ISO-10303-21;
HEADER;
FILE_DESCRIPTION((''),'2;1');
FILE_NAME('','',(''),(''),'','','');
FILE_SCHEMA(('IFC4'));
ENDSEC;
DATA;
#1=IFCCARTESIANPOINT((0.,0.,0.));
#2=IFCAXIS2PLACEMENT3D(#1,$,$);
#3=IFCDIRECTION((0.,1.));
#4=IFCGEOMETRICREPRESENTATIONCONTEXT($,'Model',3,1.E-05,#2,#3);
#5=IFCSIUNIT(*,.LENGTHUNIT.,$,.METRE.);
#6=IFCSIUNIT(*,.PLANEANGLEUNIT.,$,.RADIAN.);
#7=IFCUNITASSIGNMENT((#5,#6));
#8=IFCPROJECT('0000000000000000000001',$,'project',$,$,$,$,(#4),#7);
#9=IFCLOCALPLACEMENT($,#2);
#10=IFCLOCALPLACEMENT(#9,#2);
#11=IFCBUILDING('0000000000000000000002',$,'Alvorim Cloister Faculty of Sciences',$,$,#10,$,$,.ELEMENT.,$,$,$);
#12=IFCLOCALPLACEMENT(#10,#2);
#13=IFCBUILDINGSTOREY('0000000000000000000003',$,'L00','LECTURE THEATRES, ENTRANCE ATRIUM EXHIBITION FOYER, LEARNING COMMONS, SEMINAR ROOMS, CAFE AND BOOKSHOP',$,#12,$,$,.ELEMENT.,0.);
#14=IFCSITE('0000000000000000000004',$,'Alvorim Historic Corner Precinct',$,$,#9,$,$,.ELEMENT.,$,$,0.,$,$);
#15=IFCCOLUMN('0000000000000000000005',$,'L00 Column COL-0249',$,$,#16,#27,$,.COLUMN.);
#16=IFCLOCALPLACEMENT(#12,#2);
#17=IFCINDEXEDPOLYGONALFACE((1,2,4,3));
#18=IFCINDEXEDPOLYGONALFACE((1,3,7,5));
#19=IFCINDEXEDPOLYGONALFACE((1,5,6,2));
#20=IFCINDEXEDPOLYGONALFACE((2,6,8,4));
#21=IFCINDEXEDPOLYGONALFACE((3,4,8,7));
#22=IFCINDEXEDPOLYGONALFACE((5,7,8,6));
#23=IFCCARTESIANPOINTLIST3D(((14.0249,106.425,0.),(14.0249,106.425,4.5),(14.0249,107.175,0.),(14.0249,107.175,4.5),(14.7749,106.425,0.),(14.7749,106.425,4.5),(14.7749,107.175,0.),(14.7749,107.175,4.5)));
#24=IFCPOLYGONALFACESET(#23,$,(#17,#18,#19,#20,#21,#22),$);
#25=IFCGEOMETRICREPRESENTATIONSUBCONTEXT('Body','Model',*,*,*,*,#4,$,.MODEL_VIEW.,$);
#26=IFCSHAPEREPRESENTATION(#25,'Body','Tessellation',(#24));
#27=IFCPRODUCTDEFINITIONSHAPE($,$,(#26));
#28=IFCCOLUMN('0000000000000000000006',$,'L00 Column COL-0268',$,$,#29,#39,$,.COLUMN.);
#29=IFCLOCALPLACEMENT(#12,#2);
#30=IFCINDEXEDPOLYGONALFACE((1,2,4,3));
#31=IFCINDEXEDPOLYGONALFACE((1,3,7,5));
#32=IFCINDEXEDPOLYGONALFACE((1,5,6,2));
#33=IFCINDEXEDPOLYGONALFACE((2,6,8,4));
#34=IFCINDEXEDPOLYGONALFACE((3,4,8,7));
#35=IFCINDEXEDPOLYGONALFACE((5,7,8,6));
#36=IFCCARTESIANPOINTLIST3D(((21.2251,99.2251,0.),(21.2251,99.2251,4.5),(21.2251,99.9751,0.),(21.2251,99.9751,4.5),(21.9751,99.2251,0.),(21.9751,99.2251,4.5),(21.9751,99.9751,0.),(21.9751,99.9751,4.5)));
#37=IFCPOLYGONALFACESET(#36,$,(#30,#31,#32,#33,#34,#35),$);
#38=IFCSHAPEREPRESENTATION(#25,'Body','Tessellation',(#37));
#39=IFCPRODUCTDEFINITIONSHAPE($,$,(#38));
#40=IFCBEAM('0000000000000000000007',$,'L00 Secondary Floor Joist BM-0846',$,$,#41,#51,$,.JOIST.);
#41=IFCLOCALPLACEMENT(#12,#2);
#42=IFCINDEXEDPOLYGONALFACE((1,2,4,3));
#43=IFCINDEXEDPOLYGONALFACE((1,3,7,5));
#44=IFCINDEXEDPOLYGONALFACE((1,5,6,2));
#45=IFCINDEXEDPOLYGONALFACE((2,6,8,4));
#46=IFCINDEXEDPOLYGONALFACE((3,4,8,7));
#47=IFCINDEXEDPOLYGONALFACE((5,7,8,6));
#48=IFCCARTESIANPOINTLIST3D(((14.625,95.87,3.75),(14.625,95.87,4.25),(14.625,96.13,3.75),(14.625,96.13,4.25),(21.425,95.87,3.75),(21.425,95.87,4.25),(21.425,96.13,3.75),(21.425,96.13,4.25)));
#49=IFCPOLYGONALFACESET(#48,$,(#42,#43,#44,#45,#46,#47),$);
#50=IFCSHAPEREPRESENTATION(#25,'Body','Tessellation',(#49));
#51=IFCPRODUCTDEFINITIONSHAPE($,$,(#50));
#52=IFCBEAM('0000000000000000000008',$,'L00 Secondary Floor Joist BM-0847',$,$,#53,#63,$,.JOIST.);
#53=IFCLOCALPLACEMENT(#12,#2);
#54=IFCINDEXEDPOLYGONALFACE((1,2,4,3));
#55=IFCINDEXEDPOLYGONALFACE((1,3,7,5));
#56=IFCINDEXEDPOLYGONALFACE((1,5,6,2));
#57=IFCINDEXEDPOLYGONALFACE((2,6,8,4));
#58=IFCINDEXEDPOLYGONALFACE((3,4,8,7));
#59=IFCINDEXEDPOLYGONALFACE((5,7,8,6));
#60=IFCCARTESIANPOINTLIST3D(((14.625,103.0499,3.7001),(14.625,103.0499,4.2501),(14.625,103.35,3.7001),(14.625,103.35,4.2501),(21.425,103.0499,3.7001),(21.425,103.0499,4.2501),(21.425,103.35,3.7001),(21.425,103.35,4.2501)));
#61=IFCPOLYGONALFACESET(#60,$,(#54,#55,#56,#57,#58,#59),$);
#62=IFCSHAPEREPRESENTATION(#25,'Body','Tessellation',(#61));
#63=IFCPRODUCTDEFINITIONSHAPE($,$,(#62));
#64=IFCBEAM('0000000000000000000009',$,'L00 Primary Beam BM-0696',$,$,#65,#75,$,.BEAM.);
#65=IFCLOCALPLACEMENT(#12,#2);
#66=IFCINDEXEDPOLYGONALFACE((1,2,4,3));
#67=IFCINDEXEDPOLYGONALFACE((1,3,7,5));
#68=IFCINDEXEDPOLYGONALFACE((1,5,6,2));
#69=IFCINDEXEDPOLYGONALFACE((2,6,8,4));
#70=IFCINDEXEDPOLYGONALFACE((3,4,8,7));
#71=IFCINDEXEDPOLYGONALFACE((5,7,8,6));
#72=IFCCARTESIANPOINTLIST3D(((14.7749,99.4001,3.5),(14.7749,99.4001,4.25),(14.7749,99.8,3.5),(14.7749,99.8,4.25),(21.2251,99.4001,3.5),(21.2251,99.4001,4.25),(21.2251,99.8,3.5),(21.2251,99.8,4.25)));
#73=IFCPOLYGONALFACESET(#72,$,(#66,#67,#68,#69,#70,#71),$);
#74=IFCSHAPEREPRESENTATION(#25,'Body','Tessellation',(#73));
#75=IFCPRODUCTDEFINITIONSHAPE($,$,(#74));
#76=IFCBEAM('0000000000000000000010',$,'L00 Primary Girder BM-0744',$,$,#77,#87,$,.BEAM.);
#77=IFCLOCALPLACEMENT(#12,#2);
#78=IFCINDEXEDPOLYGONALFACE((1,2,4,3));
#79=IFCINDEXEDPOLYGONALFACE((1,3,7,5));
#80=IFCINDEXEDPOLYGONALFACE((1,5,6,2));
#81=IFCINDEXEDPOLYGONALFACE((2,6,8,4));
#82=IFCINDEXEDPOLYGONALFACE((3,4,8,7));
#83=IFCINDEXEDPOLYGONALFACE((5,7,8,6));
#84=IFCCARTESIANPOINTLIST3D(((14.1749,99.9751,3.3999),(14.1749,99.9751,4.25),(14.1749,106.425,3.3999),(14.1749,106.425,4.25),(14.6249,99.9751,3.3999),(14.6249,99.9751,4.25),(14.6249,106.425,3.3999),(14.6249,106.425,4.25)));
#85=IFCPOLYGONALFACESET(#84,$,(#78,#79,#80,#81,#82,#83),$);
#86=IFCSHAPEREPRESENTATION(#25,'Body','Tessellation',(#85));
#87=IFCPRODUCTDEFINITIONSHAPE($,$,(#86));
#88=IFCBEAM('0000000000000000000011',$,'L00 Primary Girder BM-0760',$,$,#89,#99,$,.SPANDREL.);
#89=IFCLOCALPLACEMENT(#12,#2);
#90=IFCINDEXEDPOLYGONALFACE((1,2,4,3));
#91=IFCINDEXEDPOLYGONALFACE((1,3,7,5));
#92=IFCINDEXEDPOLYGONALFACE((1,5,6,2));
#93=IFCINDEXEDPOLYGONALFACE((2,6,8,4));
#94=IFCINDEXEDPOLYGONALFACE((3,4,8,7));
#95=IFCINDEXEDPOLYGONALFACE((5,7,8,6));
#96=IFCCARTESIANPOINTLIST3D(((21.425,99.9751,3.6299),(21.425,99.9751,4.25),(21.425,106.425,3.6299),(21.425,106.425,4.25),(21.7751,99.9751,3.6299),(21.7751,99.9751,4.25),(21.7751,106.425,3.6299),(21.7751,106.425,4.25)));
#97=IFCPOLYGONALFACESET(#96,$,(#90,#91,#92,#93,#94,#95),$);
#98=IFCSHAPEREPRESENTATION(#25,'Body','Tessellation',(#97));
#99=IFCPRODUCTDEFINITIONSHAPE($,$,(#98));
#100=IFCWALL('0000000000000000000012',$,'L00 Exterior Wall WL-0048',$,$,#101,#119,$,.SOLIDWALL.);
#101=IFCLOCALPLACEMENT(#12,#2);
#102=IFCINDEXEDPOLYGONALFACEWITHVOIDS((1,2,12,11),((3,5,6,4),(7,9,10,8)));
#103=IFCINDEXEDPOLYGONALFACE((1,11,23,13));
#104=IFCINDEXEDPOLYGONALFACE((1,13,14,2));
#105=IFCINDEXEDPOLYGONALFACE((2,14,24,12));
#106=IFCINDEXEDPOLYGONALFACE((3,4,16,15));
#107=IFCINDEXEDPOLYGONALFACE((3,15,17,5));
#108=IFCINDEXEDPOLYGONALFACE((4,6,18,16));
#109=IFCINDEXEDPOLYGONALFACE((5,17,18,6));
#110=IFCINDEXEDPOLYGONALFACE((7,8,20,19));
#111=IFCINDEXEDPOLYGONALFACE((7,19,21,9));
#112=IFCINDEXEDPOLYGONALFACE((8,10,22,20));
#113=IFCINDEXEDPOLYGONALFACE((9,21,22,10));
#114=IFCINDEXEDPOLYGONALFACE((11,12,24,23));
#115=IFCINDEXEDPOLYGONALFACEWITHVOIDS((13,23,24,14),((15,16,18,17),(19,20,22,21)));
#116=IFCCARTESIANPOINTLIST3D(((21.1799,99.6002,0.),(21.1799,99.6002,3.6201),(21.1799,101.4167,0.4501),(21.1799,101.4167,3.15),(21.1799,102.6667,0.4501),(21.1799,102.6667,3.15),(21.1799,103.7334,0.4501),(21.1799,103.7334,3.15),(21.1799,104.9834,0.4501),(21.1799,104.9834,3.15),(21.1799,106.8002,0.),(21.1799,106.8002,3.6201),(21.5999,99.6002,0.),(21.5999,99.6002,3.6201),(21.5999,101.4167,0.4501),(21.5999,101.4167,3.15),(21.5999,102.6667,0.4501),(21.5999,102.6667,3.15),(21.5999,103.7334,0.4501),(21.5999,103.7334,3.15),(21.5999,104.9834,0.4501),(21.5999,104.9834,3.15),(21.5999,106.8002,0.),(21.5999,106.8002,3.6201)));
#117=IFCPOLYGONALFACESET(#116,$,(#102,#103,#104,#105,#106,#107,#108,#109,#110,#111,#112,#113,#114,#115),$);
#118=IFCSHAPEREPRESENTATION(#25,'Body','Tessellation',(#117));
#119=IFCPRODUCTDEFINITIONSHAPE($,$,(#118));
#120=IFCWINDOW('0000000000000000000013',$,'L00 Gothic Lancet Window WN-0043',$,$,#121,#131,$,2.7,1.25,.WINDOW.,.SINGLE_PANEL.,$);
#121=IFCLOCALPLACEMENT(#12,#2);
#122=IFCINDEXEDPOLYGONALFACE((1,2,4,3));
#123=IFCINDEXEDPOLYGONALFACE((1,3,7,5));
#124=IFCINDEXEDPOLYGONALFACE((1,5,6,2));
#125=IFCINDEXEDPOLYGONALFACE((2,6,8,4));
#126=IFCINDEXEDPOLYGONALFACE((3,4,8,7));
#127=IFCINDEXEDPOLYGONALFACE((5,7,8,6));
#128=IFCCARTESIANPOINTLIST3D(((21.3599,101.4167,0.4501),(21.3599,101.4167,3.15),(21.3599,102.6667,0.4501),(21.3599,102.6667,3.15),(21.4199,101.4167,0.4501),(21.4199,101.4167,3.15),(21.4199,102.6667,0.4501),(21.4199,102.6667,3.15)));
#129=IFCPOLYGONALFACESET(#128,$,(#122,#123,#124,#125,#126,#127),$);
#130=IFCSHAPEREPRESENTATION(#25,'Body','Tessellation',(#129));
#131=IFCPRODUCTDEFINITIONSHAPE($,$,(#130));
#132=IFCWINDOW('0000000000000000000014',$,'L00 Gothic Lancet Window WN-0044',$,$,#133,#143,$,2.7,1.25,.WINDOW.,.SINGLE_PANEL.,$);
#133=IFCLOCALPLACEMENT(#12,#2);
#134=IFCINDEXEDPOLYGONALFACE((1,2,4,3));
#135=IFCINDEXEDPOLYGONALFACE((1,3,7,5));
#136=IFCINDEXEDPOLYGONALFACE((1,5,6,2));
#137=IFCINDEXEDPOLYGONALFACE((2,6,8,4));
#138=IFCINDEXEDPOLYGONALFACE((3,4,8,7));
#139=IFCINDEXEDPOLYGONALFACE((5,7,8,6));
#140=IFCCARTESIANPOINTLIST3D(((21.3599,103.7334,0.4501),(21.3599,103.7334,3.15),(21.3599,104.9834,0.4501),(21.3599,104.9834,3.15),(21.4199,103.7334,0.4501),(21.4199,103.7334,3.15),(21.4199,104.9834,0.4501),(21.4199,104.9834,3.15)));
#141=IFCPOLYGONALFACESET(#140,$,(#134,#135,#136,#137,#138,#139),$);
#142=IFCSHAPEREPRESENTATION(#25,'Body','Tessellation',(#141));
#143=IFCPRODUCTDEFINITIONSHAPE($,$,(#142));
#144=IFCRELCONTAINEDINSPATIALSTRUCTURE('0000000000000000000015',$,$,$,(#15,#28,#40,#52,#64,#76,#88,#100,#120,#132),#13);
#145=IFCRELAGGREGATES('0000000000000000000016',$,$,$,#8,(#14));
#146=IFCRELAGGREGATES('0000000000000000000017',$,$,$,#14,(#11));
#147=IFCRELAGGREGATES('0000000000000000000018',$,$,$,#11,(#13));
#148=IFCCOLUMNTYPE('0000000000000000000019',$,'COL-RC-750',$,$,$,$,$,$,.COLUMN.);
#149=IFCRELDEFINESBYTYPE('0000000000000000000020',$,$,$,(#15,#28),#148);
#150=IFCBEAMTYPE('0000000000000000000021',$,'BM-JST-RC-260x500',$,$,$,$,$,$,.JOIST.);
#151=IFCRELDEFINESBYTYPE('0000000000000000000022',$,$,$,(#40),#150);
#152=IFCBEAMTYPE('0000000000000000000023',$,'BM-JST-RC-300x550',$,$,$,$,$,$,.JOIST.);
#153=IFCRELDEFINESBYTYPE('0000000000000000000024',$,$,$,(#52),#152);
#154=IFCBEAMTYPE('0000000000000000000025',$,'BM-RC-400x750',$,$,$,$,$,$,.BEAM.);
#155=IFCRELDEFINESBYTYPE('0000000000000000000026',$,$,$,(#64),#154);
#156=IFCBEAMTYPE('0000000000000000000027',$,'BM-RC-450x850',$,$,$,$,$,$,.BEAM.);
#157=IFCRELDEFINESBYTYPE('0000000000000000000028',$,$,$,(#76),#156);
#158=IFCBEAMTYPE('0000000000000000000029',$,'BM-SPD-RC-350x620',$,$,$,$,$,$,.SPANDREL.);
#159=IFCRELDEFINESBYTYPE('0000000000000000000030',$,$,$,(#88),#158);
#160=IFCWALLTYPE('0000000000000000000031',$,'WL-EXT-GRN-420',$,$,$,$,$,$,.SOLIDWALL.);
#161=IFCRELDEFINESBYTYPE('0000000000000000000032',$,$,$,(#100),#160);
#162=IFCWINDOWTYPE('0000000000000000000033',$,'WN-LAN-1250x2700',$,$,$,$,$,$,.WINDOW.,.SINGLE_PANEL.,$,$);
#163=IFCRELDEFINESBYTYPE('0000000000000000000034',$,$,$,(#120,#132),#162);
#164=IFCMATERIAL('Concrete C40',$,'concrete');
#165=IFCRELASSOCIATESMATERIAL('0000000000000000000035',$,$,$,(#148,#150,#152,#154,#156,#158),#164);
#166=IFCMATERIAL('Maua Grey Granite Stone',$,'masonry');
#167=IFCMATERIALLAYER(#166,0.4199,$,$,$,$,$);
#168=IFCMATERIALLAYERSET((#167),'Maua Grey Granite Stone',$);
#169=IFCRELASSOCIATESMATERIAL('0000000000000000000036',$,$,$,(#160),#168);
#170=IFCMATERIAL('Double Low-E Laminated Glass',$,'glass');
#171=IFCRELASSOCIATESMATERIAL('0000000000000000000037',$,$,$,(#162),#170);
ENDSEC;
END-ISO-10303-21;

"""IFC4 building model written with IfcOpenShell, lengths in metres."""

from ifc_helpers import new_model, si_unit, direction, frame, frame_2d, origin, origin_2d, place, context, subcontext, project, spatial, rectangle, extrude, material, layer, layer_set, material_profile, profile_set, type_object, element, fill, save


model = new_model("IFC4")

# Units and contexts
model_context = context("Model", 3, precision=1e-05, world=origin(), true_north=direction((0.0, 1.0)))
body_context = subcontext(model_context, "Body", "Model", "MODEL_VIEW")
ifc_project = project(units=[si_unit("LENGTHUNIT", "METRE"), si_unit("PLANEANGLEUNIT", "RADIAN")], contexts=[model_context])

# Site, building, storey
site_placement = place(None, origin())
site = spatial("IfcSite", under=ifc_project, at=site_placement, Name="Alvorim Historic Corner Precinct", CompositionType="ELEMENT", RefElevation=0.0)
building_placement = place(site_placement, origin())
building = spatial("IfcBuilding", under=site, at=building_placement, Name="Alvorim Cloister Faculty of Sciences", CompositionType="ELEMENT")
storey_placement = place(building_placement, origin())
storey = spatial("IfcBuildingStorey", under=building, at=storey_placement, Name="L00", Description="LECTURE THEATRES, ENTRANCE ATRIUM EXHIBITION FOYER, LEARNING COMMONS, SEMINAR ROOMS, CAFE AND BOOKSHOP", CompositionType="ELEMENT", Elevation=0.0)

# Columns
ifc_material_1 = material(Name="Concrete C40", Category="concrete")
ifc_material_profile_1 = material_profile(ifc_material_1, rectangle(XDim=0.75, YDim=0.75, at=origin_2d()), Name="RC40-COL-750x750")
ifc_profile_set_1 = profile_set([ifc_material_profile_1], Name="Concrete C40")
column_type = type_object("IfcColumnType", Name="COL-RC-750", PredefinedType="COLUMN", material=ifc_profile_set_1)
for number, where, z_axis, x_axis, name in (
    (1, (14.3999, 106.8, 0.0), (0.0, 0.0, 1.0), (1.0, 0.0, 0.0), "L00 Column COL-0249"),
    (2, (21.6001, 99.6001, 0.0), (0.0, 0.0, 1.0), (1.0, 0.0, 0.0), "L00 Column COL-0268"),
):
    element("IfcColumn", number, at=place(storey_placement, frame(where, z_axis=z_axis, x_axis=x_axis)), inside=storey, type_object=column_type, Name=name, PredefinedType="COLUMN", context=body_context, shape_type="SweptSolid", body=[
        extrude(rectangle(XDim=0.75, YDim=0.75, at=origin_2d()), origin(), (0.0, 0.0, 1.0), 4.5),
    ])

# Beams
ifc_material_profile_2 = material_profile(ifc_material_1, rectangle(XDim=0.26, YDim=0.5, at=origin_2d()), Name="RC40-JST-260x500")
ifc_profile_set_2 = profile_set([ifc_material_profile_2], Name="Concrete C40")
beam_type_1 = type_object("IfcBeamType", Name="BM-JST-RC-260x500", PredefinedType="JOIST", material=ifc_profile_set_2)
beam_1_placement = place(storey_placement, frame((14.625, 96.0, 4.0), z_axis=(1.0, 0.0, 0.0), x_axis=(0.0, 1.0, 0.0)))
element("IfcBeam", 3, at=beam_1_placement, inside=storey, type_object=beam_type_1, Name="L00 Secondary Floor Joist BM-0846", PredefinedType="JOIST", context=body_context, shape_type="SweptSolid", body=[
    extrude(rectangle(XDim=0.26, YDim=0.5, at=origin_2d()), origin(), (0.0, 0.0, 1.0), 6.8),
])
ifc_material_profile_3 = material_profile(ifc_material_1, rectangle(XDim=0.3, YDim=0.55, at=origin_2d()), Name="RC40-JST-300x550")
ifc_profile_set_3 = profile_set([ifc_material_profile_3], Name="Concrete C40")
beam_type_2 = type_object("IfcBeamType", Name="BM-JST-RC-300x550", PredefinedType="JOIST", material=ifc_profile_set_3)
beam_2_placement = place(storey_placement, frame((14.625, 103.2, 3.9751), z_axis=(1.0, 0.0, 0.0), x_axis=(0.0, 1.0, 0.0)))
element("IfcBeam", 4, at=beam_2_placement, inside=storey, type_object=beam_type_2, Name="L00 Secondary Floor Joist BM-0847", PredefinedType="JOIST", context=body_context, shape_type="SweptSolid", body=[
    extrude(rectangle(XDim=0.3, YDim=0.55, at=origin_2d()), origin(), (0.0, 0.0, 1.0), 6.8),
])
ifc_material_profile_4 = material_profile(ifc_material_1, rectangle(XDim=0.3999, YDim=0.75, at=origin_2d()), Name="RC40-BM-400x750")
ifc_profile_set_4 = profile_set([ifc_material_profile_4], Name="Concrete C40")
beam_type_3 = type_object("IfcBeamType", Name="BM-RC-400x750", PredefinedType="BEAM", material=ifc_profile_set_4)
beam_3_placement = place(storey_placement, frame((14.7749, 99.6001, 3.875), z_axis=(1.0, 0.0, 0.0), x_axis=(0.0, 1.0, 0.0)))
element("IfcBeam", 5, at=beam_3_placement, inside=storey, type_object=beam_type_3, Name="L00 Primary Beam BM-0696", PredefinedType="BEAM", context=body_context, shape_type="SweptSolid", body=[
    extrude(rectangle(XDim=0.3999, YDim=0.75, at=origin_2d()), origin(), (0.0, 0.0, 1.0), 6.4502),
])
ifc_material_profile_5 = material_profile(ifc_material_1, rectangle(XDim=0.45, YDim=0.8501, at=origin_2d()), Name="RC40-BM-450x850")
ifc_profile_set_5 = profile_set([ifc_material_profile_5], Name="Concrete C40")
beam_type_4 = type_object("IfcBeamType", Name="BM-RC-450x850", PredefinedType="BEAM", material=ifc_profile_set_5)
beam_4_placement = place(storey_placement, frame((14.3999, 99.9751, 3.825), z_axis=(0.0, 1.0, 0.0), x_axis=(-1.0, 0.0, 0.0)))
element("IfcBeam", 6, at=beam_4_placement, inside=storey, type_object=beam_type_4, Name="L00 Primary Girder BM-0744", PredefinedType="BEAM", context=body_context, shape_type="SweptSolid", body=[
    extrude(rectangle(XDim=0.45, YDim=0.8501, at=origin_2d()), origin(), (0.0, 0.0, 1.0), 6.45),
])
ifc_material_profile_6 = material_profile(ifc_material_1, rectangle(XDim=0.3501, YDim=0.6201, at=origin_2d()), Name="RC40-SPD-350x620")
ifc_profile_set_6 = profile_set([ifc_material_profile_6], Name="Concrete C40")
beam_type_5 = type_object("IfcBeamType", Name="BM-SPD-RC-350x620", PredefinedType="SPANDREL", material=ifc_profile_set_6)
beam_5_placement = place(storey_placement, frame((21.6001, 99.9751, 3.9399), z_axis=(0.0, 1.0, 0.0), x_axis=(-1.0, 0.0, 0.0)))
element("IfcBeam", 7, at=beam_5_placement, inside=storey, type_object=beam_type_5, Name="L00 Primary Girder BM-0760", PredefinedType="SPANDREL", context=body_context, shape_type="SweptSolid", body=[
    extrude(rectangle(XDim=0.3501, YDim=0.6201, at=origin_2d()), origin(), (0.0, 0.0, 1.0), 6.45),
])

# Wall, openings, windows
ifc_material_2 = material(Name="Maua Grey Granite Stone", Category="masonry")
ifc_layer_1 = layer(ifc_material_2, 0.4199)
ifc_layer_set_1 = layer_set([ifc_layer_1], Name="Maua Grey Granite Stone")
wall_type_1 = type_object("IfcWallType", Name="WL-EXT-GRN-420", PredefinedType="SOLIDWALL", material=ifc_layer_set_1)
wall_1_placement = place(storey_placement, frame((21.3899, 99.6001, 0.0), z_axis=(0.0, 0.0, 1.0), x_axis=(0.0, 1.0, 0.0)))
wall_1 = element("IfcWall", 8, at=wall_1_placement, inside=storey, type_object=wall_type_1, Name="L00 Exterior Wall WL-0048", PredefinedType="SOLIDWALL", context=body_context, shape_type="SweptSolid", body=[
    extrude(rectangle(XDim=7.2, YDim=0.4199, at=frame_2d((3.6001, 0.0))), origin(), (0.0, 0.0, 1.0), 3.6201),
])
opening_1_placement = place(wall_1_placement, frame((1.8167, 0.0, 0.45)))
opening_1 = element("IfcOpeningElement", 9, at=opening_1_placement, cuts=wall_1, PredefinedType="OPENING", context=body_context, shape_type="SweptSolid", body=[
    extrude(rectangle(XDim=1.25, YDim=2.7, at=frame_2d((0.625, 1.3501))), frame((0.0, 0.2219, 0.0), z_axis=(0.0, -1.0, 0.0), x_axis=(1.0, 0.0, 0.0)), (0.0, 0.0, 1.0), 0.4438),
])
opening_2_placement = place(wall_1_placement, frame((4.1333, 0.0, 0.45)))
opening_2 = element("IfcOpeningElement", 10, at=opening_2_placement, cuts=wall_1, PredefinedType="OPENING", context=body_context, shape_type="SweptSolid", body=[
    extrude(rectangle(XDim=1.25, YDim=2.7, at=frame_2d((0.625, 1.3501))), frame((0.0, 0.2219, 0.0), z_axis=(0.0, -1.0, 0.0), x_axis=(1.0, 0.0, 0.0)), (0.0, 0.0, 1.0), 0.4438),
])
ifc_material_3 = material(Name="Double Low-E Laminated Glass", Category="glass")
window_type = type_object("IfcWindowType", Name="WN-LAN-1250x2700", PartitioningType="SINGLE_PANEL", PredefinedType="WINDOW", material=ifc_material_3)
window_1_placement = place(opening_1_placement, origin())
window_1 = element("IfcWindow", 11, at=window_1_placement, inside=storey, type_object=window_type, Name="L00 Gothic Lancet Window WN-0043", OverallHeight=2.7, OverallWidth=1.25, PartitioningType="SINGLE_PANEL", PredefinedType="WINDOW", context=body_context, shape_type="SweptSolid", body=[
    extrude(rectangle(XDim=1.25, YDim=2.7, at=frame_2d((0.625, 1.3501))), frame((0.0, 0.03, 0.0), z_axis=(0.0, -1.0, 0.0), x_axis=(1.0, 0.0, 0.0)), (0.0, 0.0, 1.0), 0.0601),
])
fill(opening_1, window_1)
window_2_placement = place(opening_2_placement, origin())
window_2 = element("IfcWindow", 12, at=window_2_placement, inside=storey, type_object=window_type, Name="L00 Gothic Lancet Window WN-0044", OverallHeight=2.7, OverallWidth=1.25, PartitioningType="SINGLE_PANEL", PredefinedType="WINDOW", context=body_context, shape_type="SweptSolid", body=[
    extrude(rectangle(XDim=1.25, YDim=2.7, at=frame_2d((0.625, 1.3501))), frame((0.0, 0.03, 0.0), z_axis=(0.0, -1.0, 0.0), x_axis=(1.0, 0.0, 0.0)), (0.0, 0.0, 1.0), 0.0601),
])
fill(opening_2, window_2)

save(model, "model.ifc")
